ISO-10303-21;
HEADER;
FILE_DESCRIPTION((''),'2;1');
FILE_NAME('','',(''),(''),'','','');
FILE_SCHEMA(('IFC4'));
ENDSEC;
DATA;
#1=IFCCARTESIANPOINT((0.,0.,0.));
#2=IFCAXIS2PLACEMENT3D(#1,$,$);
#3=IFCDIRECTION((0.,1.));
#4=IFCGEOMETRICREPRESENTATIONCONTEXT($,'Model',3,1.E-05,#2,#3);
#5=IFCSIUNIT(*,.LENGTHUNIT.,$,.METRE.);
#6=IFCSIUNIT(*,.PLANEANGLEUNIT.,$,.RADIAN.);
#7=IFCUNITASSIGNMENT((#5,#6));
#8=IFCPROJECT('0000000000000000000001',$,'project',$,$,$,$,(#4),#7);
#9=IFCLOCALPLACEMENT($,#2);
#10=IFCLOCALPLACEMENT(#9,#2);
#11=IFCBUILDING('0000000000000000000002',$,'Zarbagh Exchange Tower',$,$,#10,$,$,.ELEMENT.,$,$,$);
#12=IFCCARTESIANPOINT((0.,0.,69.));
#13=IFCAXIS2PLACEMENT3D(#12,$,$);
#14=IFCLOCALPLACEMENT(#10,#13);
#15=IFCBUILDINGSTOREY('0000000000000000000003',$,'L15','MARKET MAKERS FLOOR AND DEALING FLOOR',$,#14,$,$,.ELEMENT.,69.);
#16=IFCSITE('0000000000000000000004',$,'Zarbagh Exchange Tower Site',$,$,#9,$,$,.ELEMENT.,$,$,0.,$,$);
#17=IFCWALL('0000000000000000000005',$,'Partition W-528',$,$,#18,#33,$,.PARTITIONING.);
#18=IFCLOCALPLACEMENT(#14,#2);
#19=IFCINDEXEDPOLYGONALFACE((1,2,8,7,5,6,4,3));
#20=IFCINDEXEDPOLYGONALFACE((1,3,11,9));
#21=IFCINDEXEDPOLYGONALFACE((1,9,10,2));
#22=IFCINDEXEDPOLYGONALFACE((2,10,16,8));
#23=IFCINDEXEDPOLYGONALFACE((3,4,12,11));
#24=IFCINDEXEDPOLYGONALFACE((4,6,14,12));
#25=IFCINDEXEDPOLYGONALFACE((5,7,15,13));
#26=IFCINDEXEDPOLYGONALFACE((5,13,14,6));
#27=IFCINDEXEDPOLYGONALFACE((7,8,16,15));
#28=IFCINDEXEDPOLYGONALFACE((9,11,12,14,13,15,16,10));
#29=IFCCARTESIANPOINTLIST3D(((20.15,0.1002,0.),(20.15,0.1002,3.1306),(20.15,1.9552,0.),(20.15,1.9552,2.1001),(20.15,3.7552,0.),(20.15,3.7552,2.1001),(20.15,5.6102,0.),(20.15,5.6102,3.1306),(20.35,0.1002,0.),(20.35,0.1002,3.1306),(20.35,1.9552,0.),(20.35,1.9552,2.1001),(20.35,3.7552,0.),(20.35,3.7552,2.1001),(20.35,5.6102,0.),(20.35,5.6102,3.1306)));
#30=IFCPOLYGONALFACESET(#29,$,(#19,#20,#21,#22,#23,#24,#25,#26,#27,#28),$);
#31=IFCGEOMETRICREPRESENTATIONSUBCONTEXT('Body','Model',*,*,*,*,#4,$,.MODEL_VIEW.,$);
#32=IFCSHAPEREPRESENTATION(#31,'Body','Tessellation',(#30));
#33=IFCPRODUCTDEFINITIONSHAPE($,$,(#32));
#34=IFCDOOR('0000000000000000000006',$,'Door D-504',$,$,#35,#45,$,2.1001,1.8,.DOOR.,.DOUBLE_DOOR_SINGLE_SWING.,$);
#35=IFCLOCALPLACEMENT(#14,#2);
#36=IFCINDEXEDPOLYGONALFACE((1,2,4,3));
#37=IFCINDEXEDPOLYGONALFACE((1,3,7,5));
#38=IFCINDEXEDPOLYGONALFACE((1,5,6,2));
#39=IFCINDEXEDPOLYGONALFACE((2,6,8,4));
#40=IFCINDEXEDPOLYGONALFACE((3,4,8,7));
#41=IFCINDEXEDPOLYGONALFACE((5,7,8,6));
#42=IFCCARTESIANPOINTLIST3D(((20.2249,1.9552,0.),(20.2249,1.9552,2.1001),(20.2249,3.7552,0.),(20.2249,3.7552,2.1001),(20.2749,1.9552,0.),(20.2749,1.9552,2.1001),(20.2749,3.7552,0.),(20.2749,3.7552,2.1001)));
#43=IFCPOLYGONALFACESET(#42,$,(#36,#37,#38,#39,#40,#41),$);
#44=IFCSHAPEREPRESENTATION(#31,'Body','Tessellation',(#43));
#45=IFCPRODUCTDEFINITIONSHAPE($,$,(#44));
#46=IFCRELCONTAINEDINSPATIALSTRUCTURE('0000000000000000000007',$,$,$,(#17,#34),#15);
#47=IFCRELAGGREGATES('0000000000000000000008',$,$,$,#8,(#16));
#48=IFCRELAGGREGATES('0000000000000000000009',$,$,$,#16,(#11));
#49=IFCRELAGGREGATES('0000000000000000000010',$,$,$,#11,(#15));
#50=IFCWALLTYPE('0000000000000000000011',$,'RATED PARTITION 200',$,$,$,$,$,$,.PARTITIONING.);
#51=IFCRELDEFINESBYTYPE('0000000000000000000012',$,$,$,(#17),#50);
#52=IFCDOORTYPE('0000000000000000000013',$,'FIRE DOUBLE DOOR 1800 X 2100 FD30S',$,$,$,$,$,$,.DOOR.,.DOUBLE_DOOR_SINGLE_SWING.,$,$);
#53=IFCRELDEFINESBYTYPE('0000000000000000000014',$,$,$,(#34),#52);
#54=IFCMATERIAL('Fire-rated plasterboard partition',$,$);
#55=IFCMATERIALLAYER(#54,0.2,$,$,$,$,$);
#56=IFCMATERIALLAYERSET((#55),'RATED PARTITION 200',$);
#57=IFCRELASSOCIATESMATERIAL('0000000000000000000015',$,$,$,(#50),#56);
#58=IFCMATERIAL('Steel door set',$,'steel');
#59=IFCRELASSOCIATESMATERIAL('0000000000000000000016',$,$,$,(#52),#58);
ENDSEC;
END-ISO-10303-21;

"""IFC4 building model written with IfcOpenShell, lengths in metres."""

from ifc_helpers import new_model, si_unit, direction, frame, frame_2d, origin, place, context, subcontext, project, spatial, rectangle, extrude, material, layer, layer_set, type_object, element, fill, save


model = new_model("IFC4")

# Units and contexts
model_context = context("Model", 3, precision=1e-05, world=origin(), true_north=direction((0.0, 1.0)))
body_context = subcontext(model_context, "Body", "Model", "MODEL_VIEW")
ifc_project = project(units=[si_unit("LENGTHUNIT", "METRE"), si_unit("PLANEANGLEUNIT", "RADIAN")], contexts=[model_context])

# Site, building, storey
site_placement = place(None, origin())
site = spatial("IfcSite", under=ifc_project, at=site_placement, Name="Zarbagh Exchange Tower Site", CompositionType="ELEMENT", RefElevation=0.0)
building_placement = place(site_placement, origin())
building = spatial("IfcBuilding", under=site, at=building_placement, Name="Zarbagh Exchange Tower", CompositionType="ELEMENT")
storey_placement = place(building_placement, frame((0.0, 0.0, 69.0)))
storey = spatial("IfcBuildingStorey", under=building, at=storey_placement, Name="L15", Description="MARKET MAKERS FLOOR AND DEALING FLOOR", CompositionType="ELEMENT", Elevation=69.0)

# Shared definitions
ifc_material_1 = material(Name="Fire-rated plasterboard partition")
ifc_layer = layer(ifc_material_1, 0.2)
ifc_layer_set = layer_set([ifc_layer], Name="RATED PARTITION 200")
wall_type = type_object("IfcWallType", Name="RATED PARTITION 200", PredefinedType="PARTITIONING", material=ifc_layer_set)

# Shared definitions
ifc_material_2 = material(Name="Steel door set", Category="steel")

# Wall, opening, door
wall_1_placement = place(storey_placement, frame((20.25, 5.6101, 0.0), z_axis=(0.0, 0.0, 1.0), x_axis=(0.0, -1.0, 0.0)))
wall_1 = element("IfcWall", 1, at=wall_1_placement, inside=storey, type_object=wall_type, Name="Partition W-528", PredefinedType="PARTITIONING", context=body_context, shape_type="SweptSolid", body=[
    extrude(rectangle(XDim=5.51, YDim=0.2, at=frame_2d((2.7549, 0.0))), origin(), (0.0, 0.0, 1.0), 3.1306),
])
opening_1_placement = place(wall_1_placement, frame((1.855, 0.0, 0.0)))
opening_1 = element("IfcOpeningElement", 2, at=opening_1_placement, cuts=wall_1, PredefinedType="OPENING", context=body_context, shape_type="SweptSolid", body=[
    extrude(rectangle(XDim=1.8, YDim=2.1001, at=frame_2d((0.8999, 1.05))), frame((0.0, 0.1099, 0.0), z_axis=(0.0, -1.0, 0.0), x_axis=(1.0, 0.0, 0.0)), (0.0, 0.0, 1.0), 0.22),
])
door_type_1 = type_object("IfcDoorType", Name="FIRE DOUBLE DOOR 1800 X 2100 FD30S", OperationType="DOUBLE_DOOR_SINGLE_SWING", PredefinedType="DOOR", material=ifc_material_2)
door_1_placement = place(opening_1_placement, origin())
door_1 = element("IfcDoor", 3, at=door_1_placement, inside=storey, type_object=door_type_1, Name="Door D-504", OperationType="DOUBLE_DOOR_SINGLE_SWING", OverallHeight=2.1001, OverallWidth=1.8, PredefinedType="DOOR", context=body_context, shape_type="SweptSolid", body=[
    extrude(rectangle(XDim=1.8, YDim=2.1001, at=frame_2d((0.8999, 1.05))), frame((0.0, 0.0249, 0.0), z_axis=(0.0, -1.0, 0.0), x_axis=(1.0, 0.0, 0.0)), (0.0, 0.0, 1.0), 0.05),
])
fill(opening_1, door_1)

save(model, "model.ifc")
